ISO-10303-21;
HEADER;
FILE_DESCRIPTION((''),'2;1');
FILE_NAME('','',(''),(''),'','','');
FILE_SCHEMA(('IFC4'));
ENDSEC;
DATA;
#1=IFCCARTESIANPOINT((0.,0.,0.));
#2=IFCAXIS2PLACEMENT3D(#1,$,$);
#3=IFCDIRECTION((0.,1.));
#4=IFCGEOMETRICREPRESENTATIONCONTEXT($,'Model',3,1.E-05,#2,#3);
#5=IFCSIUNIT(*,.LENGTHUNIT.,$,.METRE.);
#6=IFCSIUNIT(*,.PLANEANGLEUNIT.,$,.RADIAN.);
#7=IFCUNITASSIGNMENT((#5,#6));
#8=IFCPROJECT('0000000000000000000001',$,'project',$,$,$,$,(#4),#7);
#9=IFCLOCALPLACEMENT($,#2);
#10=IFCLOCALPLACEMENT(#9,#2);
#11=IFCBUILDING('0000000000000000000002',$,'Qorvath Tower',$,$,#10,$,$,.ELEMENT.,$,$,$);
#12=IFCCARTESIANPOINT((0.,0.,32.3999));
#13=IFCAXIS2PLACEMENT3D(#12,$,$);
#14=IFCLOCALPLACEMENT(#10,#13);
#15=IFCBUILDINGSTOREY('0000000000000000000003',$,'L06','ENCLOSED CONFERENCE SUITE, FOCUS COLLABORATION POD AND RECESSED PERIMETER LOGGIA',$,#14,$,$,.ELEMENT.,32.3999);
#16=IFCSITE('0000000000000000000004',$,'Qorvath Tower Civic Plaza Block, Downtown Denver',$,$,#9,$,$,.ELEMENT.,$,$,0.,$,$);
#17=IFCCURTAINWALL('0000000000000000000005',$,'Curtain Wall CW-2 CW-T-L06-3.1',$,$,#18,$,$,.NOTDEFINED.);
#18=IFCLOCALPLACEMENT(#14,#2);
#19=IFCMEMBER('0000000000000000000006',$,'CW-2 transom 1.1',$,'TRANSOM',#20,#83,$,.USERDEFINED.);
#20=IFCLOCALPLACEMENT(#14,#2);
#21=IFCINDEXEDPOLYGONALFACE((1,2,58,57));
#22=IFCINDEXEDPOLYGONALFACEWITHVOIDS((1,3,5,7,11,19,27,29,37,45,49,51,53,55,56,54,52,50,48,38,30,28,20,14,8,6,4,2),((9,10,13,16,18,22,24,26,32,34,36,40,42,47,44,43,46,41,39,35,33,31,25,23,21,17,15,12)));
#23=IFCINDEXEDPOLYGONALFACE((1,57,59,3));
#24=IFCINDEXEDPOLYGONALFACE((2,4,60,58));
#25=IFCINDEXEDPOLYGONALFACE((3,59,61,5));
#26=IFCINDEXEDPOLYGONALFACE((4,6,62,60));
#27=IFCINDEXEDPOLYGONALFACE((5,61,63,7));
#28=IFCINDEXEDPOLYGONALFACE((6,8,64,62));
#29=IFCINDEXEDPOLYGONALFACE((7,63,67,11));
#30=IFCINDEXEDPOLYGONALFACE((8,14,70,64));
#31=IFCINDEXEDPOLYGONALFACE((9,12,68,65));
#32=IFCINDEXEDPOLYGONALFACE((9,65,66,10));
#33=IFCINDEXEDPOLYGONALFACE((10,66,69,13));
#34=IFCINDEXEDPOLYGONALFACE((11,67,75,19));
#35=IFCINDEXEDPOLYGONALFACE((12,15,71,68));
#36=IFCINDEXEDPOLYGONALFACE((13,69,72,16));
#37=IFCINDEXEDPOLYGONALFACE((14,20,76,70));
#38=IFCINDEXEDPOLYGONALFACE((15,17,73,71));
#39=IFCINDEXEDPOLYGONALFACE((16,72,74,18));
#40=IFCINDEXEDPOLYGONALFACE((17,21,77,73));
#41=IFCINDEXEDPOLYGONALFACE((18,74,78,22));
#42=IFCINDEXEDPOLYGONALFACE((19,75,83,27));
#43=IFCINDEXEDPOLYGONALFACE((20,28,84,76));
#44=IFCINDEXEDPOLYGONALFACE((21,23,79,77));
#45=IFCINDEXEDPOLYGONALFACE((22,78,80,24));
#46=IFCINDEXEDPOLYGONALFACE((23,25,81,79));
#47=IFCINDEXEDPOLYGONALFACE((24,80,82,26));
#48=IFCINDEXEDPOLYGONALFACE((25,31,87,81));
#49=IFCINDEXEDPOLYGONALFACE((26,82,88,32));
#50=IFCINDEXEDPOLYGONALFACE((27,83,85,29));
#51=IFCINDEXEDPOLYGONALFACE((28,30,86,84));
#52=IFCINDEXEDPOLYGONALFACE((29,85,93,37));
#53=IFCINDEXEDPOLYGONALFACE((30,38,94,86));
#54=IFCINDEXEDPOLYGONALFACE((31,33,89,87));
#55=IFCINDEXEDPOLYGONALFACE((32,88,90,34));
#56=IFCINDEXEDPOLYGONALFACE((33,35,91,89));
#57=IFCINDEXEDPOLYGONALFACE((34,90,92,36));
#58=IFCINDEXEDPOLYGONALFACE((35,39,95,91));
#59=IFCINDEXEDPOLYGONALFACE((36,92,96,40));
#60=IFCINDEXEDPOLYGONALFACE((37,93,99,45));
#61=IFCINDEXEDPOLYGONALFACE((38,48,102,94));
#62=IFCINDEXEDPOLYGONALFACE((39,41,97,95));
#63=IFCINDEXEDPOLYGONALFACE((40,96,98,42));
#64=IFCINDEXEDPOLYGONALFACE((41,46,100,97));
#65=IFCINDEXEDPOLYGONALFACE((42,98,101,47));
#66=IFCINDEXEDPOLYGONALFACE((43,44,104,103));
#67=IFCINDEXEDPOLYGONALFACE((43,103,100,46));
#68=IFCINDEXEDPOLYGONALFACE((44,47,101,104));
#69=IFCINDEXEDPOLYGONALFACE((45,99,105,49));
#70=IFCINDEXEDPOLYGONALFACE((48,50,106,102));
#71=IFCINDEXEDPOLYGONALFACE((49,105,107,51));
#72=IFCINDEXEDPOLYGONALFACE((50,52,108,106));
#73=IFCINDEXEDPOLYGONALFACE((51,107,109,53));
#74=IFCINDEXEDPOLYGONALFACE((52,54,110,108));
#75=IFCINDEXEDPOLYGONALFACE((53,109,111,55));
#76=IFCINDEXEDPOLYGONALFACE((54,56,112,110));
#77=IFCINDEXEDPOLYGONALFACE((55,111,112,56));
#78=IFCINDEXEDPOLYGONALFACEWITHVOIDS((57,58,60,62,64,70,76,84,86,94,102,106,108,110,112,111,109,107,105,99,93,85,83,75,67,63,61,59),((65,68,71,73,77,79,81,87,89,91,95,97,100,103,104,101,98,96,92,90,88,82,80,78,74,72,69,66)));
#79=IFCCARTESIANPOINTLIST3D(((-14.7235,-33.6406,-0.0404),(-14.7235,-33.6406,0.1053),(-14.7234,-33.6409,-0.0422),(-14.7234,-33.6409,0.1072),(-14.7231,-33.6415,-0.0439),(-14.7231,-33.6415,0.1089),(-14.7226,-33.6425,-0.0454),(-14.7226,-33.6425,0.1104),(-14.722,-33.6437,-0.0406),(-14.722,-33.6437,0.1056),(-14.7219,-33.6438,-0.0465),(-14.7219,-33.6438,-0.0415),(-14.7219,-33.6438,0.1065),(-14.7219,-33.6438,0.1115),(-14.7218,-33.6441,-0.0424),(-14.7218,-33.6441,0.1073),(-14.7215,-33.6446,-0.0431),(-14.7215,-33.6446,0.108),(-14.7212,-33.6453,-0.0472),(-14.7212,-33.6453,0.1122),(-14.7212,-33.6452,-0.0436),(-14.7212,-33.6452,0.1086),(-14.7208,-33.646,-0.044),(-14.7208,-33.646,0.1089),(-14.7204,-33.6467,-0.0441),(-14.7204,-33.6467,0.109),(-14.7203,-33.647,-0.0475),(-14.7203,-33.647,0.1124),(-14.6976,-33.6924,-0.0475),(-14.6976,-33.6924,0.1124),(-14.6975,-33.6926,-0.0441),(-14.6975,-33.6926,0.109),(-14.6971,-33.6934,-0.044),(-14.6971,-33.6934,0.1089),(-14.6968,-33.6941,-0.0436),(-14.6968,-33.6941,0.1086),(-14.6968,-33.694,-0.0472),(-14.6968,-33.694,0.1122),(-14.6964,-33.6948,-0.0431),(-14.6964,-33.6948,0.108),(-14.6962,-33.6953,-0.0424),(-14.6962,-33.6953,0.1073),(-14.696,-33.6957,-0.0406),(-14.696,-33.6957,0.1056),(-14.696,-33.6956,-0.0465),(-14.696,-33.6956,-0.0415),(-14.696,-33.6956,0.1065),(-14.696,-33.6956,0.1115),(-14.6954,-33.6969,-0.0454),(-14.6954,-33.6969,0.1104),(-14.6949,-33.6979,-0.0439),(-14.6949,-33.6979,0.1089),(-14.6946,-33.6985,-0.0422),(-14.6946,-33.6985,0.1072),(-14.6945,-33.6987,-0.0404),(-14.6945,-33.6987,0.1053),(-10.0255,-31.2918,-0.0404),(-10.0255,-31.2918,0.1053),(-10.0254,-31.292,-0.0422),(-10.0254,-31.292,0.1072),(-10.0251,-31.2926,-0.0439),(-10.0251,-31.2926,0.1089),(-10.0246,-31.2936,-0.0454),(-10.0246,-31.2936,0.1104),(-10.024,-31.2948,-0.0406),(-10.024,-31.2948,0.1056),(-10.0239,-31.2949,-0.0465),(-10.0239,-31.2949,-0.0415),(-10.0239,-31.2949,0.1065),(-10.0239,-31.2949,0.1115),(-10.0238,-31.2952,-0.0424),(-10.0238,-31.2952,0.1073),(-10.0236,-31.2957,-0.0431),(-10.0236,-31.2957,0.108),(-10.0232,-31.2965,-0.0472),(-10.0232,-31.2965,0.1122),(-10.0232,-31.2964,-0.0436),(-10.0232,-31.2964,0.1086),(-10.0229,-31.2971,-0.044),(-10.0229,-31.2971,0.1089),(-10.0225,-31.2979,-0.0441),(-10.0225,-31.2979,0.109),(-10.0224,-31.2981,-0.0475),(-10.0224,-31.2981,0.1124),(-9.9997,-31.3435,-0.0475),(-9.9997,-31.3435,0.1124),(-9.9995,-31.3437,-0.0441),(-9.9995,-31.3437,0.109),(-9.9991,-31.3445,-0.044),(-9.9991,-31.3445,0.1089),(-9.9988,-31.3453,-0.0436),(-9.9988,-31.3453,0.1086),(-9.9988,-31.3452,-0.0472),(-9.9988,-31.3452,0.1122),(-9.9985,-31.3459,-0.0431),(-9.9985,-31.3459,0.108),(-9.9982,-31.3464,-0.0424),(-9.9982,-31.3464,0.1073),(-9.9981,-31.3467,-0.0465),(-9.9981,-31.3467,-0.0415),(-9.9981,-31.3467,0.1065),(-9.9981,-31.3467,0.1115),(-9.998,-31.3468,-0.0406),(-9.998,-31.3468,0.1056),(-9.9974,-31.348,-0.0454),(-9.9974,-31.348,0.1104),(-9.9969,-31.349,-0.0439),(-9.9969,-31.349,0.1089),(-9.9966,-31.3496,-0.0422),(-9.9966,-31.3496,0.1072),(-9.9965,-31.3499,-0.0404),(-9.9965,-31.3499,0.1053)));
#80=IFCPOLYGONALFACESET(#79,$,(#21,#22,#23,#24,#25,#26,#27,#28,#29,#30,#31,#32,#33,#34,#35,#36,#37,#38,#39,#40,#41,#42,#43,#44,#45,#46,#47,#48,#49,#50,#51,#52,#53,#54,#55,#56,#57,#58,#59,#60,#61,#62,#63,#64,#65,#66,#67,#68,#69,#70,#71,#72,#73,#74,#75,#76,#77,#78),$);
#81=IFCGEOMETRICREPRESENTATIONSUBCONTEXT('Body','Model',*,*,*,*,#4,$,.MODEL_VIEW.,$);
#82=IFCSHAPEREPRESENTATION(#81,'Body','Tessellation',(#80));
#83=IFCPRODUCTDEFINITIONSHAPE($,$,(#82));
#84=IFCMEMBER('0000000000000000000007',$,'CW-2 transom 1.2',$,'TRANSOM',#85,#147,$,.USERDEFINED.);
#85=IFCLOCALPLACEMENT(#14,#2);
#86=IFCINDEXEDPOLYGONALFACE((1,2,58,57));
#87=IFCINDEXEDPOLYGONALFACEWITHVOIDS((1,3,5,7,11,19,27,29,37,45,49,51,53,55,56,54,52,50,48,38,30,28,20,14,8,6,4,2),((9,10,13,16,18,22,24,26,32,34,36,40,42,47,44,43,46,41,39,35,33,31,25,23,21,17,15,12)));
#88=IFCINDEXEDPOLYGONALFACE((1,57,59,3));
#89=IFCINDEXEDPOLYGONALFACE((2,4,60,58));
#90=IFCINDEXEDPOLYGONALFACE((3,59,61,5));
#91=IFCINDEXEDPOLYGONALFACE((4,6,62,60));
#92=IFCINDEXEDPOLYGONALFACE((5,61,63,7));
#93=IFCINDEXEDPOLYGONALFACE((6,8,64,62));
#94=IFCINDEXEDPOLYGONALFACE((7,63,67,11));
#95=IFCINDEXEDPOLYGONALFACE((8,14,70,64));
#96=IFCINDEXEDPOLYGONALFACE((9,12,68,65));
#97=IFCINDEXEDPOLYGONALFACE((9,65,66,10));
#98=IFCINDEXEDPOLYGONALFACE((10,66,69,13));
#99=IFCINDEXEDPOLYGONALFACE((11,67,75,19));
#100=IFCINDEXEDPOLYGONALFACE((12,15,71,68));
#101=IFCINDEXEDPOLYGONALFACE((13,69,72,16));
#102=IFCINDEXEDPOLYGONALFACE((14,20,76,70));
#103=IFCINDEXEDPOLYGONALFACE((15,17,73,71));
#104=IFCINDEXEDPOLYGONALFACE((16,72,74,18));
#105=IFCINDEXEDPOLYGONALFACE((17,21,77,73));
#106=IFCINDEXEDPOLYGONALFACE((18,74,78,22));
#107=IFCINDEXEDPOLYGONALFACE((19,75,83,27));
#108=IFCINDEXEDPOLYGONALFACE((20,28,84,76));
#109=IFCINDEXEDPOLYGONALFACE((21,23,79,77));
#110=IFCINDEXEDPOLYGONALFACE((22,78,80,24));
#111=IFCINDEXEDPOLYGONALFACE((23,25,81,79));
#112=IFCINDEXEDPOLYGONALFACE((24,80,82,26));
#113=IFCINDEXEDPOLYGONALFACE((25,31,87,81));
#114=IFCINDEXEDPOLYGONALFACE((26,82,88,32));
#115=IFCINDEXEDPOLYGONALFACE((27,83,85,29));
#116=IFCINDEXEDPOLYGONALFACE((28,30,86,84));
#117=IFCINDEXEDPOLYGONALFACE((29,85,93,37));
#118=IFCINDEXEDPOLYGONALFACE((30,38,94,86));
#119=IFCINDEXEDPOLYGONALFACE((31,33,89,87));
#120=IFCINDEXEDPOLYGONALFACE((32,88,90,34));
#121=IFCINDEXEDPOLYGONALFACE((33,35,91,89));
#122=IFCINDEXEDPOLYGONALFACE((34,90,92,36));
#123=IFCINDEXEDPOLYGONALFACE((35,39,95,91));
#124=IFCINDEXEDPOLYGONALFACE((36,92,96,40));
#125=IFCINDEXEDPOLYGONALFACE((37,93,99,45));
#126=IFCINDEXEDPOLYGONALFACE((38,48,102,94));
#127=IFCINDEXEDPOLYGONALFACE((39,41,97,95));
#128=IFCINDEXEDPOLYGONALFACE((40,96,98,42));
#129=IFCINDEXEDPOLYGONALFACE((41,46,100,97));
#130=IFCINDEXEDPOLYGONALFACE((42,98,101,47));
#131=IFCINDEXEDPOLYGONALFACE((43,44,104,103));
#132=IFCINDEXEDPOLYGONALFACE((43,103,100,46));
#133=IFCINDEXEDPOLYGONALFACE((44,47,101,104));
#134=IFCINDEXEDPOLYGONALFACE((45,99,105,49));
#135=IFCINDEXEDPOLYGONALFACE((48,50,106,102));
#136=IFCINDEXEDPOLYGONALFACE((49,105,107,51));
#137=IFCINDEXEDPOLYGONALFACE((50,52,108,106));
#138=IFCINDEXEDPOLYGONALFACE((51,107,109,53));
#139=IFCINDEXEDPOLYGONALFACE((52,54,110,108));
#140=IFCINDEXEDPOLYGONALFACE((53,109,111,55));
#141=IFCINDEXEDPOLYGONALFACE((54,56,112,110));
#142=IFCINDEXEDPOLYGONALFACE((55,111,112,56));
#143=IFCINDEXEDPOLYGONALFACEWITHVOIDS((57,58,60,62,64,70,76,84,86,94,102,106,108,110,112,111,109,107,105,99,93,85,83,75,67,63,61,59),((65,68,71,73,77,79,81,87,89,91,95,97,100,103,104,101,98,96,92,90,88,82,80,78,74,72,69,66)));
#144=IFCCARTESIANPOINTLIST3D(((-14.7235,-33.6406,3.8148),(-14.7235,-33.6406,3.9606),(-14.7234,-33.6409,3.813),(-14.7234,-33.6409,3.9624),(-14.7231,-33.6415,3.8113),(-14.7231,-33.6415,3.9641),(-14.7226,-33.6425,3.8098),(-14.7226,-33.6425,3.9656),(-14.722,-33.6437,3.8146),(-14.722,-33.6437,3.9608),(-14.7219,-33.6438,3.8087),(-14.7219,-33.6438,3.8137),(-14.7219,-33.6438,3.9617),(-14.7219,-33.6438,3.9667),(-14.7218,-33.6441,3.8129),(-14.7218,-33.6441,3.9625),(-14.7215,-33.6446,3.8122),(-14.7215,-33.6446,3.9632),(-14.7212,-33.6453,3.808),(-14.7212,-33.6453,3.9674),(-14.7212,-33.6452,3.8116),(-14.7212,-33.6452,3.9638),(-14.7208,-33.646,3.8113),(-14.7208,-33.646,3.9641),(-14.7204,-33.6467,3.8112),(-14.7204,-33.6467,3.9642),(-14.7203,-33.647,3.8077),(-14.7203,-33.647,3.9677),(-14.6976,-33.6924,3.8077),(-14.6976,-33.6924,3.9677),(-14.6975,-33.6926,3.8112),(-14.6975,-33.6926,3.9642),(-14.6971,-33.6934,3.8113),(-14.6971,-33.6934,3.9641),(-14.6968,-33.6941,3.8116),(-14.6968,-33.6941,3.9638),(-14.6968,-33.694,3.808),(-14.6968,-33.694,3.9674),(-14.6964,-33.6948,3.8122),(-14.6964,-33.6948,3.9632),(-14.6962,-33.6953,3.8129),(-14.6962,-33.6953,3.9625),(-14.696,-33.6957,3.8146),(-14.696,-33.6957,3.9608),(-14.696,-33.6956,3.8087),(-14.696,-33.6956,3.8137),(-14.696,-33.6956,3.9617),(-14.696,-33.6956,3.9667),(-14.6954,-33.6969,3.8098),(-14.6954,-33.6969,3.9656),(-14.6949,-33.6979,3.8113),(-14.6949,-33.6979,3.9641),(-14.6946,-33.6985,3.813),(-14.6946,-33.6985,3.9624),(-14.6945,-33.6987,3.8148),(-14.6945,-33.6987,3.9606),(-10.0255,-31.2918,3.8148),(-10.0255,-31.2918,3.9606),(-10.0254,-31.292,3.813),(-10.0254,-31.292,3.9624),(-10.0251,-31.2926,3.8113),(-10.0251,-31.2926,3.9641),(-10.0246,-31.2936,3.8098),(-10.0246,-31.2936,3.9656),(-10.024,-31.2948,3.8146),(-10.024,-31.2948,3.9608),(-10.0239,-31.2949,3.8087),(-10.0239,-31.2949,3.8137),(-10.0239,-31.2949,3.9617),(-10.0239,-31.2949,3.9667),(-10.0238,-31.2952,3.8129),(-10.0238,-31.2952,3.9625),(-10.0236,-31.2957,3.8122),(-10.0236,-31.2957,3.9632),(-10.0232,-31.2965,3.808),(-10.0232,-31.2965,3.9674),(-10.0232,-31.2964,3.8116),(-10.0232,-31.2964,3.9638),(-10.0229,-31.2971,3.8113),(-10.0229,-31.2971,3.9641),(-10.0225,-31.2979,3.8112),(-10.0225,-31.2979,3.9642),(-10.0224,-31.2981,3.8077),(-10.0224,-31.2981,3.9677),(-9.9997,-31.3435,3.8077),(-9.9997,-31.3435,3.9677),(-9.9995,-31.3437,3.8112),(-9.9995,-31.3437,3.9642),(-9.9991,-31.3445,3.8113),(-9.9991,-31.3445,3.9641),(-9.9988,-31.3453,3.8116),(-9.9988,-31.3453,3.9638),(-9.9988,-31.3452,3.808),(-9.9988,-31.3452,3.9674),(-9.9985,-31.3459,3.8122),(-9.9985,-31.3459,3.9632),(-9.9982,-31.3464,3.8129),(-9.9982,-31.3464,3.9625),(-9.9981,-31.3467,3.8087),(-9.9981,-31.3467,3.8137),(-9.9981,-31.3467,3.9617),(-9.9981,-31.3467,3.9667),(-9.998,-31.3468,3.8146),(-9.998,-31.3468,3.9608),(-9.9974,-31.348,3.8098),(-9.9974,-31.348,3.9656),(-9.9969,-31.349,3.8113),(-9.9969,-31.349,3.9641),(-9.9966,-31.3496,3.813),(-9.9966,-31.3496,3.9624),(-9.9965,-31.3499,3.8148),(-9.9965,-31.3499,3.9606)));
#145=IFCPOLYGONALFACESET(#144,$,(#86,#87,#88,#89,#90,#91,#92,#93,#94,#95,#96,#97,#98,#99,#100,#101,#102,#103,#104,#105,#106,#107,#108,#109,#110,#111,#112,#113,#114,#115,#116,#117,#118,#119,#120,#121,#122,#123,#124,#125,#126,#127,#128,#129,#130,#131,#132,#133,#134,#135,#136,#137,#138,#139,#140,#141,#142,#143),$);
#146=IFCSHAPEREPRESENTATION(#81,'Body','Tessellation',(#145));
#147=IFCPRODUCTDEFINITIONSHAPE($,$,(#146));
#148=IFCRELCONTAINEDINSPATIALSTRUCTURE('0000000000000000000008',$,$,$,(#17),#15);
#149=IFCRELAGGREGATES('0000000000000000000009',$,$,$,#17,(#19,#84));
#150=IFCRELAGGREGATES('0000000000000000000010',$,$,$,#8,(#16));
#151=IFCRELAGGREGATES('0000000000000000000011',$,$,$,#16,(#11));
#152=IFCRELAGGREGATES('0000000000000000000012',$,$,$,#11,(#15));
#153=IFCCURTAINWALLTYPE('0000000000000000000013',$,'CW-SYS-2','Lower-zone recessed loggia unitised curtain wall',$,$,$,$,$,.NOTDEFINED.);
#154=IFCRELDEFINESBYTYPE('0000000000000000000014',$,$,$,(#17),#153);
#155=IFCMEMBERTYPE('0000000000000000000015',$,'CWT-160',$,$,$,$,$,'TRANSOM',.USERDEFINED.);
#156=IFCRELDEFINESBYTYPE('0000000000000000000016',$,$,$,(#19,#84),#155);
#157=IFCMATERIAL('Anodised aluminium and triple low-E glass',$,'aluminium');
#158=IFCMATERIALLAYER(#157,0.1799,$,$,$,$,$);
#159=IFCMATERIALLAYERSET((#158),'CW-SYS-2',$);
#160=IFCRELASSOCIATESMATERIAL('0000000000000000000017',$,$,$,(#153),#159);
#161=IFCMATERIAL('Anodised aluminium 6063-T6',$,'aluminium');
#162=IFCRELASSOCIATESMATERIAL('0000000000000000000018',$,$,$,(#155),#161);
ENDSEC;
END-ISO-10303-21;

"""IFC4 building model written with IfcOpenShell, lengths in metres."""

from ifc_helpers import new_model, si_unit, direction, frame, origin, origin_2d, place, context, subcontext, project, spatial, hollow_rectangle, extrude, material, layer, layer_set, material_profile, profile_set, type_object, element, aggregate, save


model = new_model("IFC4")

# Units and contexts
model_context = context("Model", 3, precision=1e-05, world=origin(), true_north=direction((0.0, 1.0)))
body_context = subcontext(model_context, "Body", "Model", "MODEL_VIEW")
ifc_project = project(units=[si_unit("LENGTHUNIT", "METRE"), si_unit("PLANEANGLEUNIT", "RADIAN")], contexts=[model_context])

# Site, building, storey
site_placement = place(None, origin())
site = spatial("IfcSite", under=ifc_project, at=site_placement, Name="Qorvath Tower Civic Plaza Block, Downtown Denver", CompositionType="ELEMENT", RefElevation=0.0)
building_placement = place(site_placement, origin())
building = spatial("IfcBuilding", under=site, at=building_placement, Name="Qorvath Tower", CompositionType="ELEMENT")
storey_placement = place(building_placement, frame((0.0, 0.0, 32.3999)))
storey = spatial("IfcBuildingStorey", under=building, at=storey_placement, Name="L06", Description="ENCLOSED CONFERENCE SUITE, FOCUS COLLABORATION POD AND RECESSED PERIMETER LOGGIA", CompositionType="ELEMENT", Elevation=32.3999)

# Curtain wall
ifc_material_1 = material(Name="Anodised aluminium and triple low-E glass", Category="aluminium")
ifc_layer_1 = layer(ifc_material_1, 0.1799)
ifc_layer_set_1 = layer_set([ifc_layer_1], Name="CW-SYS-2")
curtain_wall_type = type_object("IfcCurtainWallType", Name="CW-SYS-2", Description="Lower-zone recessed loggia unitised curtain wall", PredefinedType="NOTDEFINED", material=ifc_layer_set_1)
curtain_wall_1_placement = place(storey_placement, origin())
curtain_wall_1 = element("IfcCurtainWall", 1, at=curtain_wall_1_placement, inside=storey, type_object=curtain_wall_type, Name="Curtain Wall CW-2 CW-T-L06-3.1", PredefinedType="NOTDEFINED")

# Members
ifc_material_2 = material(Name="Anodised aluminium 6063-T6", Category="aluminium")
ifc_material_profile_1 = material_profile(ifc_material_2, hollow_rectangle(XDim=0.0649, YDim=0.1599, WallThickness=0.0034, InnerFilletRadius=0.0034, OuterFilletRadius=0.0071, at=origin_2d()), Name="CWT 160x65")
ifc_profile_set_1 = profile_set([ifc_material_profile_1], Name="Anodised aluminium 6063-T6")
member_type_1 = type_object("IfcMemberType", Name="CWT-160", ElementType="TRANSOM", PredefinedType="USERDEFINED", material=ifc_profile_set_1)
member_1_placement = place(storey_placement, frame((-14.709, -33.6697, 0.0325), z_axis=(0.894436, 0.447195, 0.0), x_axis=(-0.447195, 0.894436, 0.0)))
member_1 = element("IfcMember", 2, at=member_1_placement, type_object=member_type_1, Name="CW-2 transom 1.1", ObjectType="TRANSOM", PredefinedType="USERDEFINED", context=body_context, shape_type="SweptSolid", body=[
    extrude(hollow_rectangle(XDim=0.0649, YDim=0.1599, WallThickness=0.0034, InnerFilletRadius=0.0034, OuterFilletRadius=0.0071, at=origin_2d()), origin(), (0.0, 0.0, 1.0), 5.2524),
])
member_2_placement = place(storey_placement, frame((-14.709, -33.6697, 3.8877), z_axis=(0.894436, 0.447195, 0.0), x_axis=(-0.447195, 0.894436, 0.0)))
member_2 = element("IfcMember", 3, at=member_2_placement, type_object=member_type_1, Name="CW-2 transom 1.2", ObjectType="TRANSOM", PredefinedType="USERDEFINED", context=body_context, shape_type="SweptSolid", body=[
    extrude(hollow_rectangle(XDim=0.0649, YDim=0.1599, WallThickness=0.0034, InnerFilletRadius=0.0034, OuterFilletRadius=0.0071, at=origin_2d()), origin(), (0.0, 0.0, 1.0), 5.2524),
])

aggregate(curtain_wall_1, [member_1, member_2])

save(model, "model.ifc")
